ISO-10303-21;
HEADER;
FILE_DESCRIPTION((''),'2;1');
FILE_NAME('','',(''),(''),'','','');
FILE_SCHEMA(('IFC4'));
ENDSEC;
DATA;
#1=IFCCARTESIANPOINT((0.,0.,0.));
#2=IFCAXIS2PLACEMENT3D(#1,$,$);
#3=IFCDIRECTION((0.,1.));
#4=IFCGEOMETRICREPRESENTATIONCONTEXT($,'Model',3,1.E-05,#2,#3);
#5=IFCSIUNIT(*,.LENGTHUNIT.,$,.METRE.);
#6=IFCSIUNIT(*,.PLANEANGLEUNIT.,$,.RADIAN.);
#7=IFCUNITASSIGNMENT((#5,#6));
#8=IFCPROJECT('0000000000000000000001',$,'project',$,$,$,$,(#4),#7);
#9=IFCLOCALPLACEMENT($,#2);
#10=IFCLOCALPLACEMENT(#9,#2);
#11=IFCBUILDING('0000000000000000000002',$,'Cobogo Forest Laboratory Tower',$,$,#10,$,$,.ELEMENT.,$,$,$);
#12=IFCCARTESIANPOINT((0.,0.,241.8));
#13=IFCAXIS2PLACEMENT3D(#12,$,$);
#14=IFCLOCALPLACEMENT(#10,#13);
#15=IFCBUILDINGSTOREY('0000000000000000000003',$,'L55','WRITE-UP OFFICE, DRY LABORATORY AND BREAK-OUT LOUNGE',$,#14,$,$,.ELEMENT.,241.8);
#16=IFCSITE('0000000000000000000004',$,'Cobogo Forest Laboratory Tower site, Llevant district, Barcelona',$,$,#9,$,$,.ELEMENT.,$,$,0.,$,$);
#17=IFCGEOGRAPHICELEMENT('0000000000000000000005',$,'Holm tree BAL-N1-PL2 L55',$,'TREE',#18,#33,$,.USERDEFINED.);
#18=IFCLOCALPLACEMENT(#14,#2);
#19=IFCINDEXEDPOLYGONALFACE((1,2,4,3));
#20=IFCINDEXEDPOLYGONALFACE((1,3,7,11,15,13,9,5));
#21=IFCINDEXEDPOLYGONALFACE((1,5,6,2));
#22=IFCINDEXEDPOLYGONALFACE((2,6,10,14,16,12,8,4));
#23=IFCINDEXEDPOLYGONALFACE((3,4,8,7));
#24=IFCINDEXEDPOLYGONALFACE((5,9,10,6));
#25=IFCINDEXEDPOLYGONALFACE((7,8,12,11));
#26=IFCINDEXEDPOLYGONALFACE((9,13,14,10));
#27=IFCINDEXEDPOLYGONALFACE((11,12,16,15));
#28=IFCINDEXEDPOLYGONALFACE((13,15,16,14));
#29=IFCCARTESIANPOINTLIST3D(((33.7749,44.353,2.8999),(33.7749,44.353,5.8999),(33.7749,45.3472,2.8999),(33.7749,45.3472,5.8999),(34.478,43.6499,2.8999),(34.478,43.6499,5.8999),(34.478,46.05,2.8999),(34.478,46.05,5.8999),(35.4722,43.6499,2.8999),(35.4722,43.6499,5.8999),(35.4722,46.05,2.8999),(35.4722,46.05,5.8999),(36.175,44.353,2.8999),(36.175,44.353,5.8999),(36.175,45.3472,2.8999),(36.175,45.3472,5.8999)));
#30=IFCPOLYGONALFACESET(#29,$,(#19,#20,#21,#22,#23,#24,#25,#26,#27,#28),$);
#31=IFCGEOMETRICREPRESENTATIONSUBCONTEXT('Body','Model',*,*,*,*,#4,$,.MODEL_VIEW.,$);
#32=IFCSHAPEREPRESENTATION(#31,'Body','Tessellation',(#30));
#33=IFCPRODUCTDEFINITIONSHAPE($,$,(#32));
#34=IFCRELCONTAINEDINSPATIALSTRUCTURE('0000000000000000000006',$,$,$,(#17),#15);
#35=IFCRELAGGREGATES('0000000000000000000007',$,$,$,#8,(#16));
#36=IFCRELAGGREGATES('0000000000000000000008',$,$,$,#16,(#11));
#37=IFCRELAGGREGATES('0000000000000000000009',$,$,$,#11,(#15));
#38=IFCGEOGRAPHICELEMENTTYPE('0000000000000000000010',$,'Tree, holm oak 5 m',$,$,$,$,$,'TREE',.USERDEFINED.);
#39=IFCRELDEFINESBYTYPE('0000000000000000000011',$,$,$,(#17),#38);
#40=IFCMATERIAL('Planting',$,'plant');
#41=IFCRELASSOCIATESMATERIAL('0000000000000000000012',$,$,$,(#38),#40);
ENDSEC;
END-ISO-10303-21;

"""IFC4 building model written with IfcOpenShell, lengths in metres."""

from ifc_helpers import new_model, si_unit, direction, frame, origin, place, context, subcontext, project, spatial, polyline, outline, extrude, material, type_object, element, save


model = new_model("IFC4")

# Units and contexts
model_context = context("Model", 3, precision=1e-05, world=origin(), true_north=direction((0.0, 1.0)))
body_context = subcontext(model_context, "Body", "Model", "MODEL_VIEW")
ifc_project = project(units=[si_unit("LENGTHUNIT", "METRE"), si_unit("PLANEANGLEUNIT", "RADIAN")], contexts=[model_context])

# Site, building, storey
site_placement = place(None, origin())
site = spatial("IfcSite", under=ifc_project, at=site_placement, Name="Cobogo Forest Laboratory Tower site, Llevant district, Barcelona", CompositionType="ELEMENT", RefElevation=0.0)
building_placement = place(site_placement, origin())
building = spatial("IfcBuilding", under=site, at=building_placement, Name="Cobogo Forest Laboratory Tower", CompositionType="ELEMENT")
storey_placement = place(building_placement, frame((0.0, 0.0, 241.8)))
storey = spatial("IfcBuildingStorey", under=building, at=storey_placement, Name="L55", Description="WRITE-UP OFFICE, DRY LABORATORY AND BREAK-OUT LOUNGE", CompositionType="ELEMENT", Elevation=241.8)

# Geographic element
ifc_material_1 = material(Name="Planting", Category="plant")
geographic_element_type = type_object("IfcGeographicElementType", Name="Tree, holm oak 5 m", ElementType="TREE", PredefinedType="USERDEFINED", material=ifc_material_1)
geographic_element_1_placement = place(storey_placement, frame((0.0, 0.0, 2.8999)))
element("IfcGeographicElement", 1, at=geographic_element_1_placement, inside=storey, type_object=geographic_element_type, Name="Holm tree BAL-N1-PL2 L55", ObjectType="TREE", PredefinedType="USERDEFINED", context=body_context, shape_type="SweptSolid", body=[
    extrude(outline(polyline([(36.175, 44.353), (36.175, 45.3472), (35.4722, 46.05), (34.478, 46.05), (33.7749, 45.3472), (33.7749, 44.353), (34.478, 43.6499), (35.4722, 43.6499), (36.175, 44.353)])), origin(), (0.0, 0.0, 1.0), 3.0),
])

save(model, "model.ifc")
